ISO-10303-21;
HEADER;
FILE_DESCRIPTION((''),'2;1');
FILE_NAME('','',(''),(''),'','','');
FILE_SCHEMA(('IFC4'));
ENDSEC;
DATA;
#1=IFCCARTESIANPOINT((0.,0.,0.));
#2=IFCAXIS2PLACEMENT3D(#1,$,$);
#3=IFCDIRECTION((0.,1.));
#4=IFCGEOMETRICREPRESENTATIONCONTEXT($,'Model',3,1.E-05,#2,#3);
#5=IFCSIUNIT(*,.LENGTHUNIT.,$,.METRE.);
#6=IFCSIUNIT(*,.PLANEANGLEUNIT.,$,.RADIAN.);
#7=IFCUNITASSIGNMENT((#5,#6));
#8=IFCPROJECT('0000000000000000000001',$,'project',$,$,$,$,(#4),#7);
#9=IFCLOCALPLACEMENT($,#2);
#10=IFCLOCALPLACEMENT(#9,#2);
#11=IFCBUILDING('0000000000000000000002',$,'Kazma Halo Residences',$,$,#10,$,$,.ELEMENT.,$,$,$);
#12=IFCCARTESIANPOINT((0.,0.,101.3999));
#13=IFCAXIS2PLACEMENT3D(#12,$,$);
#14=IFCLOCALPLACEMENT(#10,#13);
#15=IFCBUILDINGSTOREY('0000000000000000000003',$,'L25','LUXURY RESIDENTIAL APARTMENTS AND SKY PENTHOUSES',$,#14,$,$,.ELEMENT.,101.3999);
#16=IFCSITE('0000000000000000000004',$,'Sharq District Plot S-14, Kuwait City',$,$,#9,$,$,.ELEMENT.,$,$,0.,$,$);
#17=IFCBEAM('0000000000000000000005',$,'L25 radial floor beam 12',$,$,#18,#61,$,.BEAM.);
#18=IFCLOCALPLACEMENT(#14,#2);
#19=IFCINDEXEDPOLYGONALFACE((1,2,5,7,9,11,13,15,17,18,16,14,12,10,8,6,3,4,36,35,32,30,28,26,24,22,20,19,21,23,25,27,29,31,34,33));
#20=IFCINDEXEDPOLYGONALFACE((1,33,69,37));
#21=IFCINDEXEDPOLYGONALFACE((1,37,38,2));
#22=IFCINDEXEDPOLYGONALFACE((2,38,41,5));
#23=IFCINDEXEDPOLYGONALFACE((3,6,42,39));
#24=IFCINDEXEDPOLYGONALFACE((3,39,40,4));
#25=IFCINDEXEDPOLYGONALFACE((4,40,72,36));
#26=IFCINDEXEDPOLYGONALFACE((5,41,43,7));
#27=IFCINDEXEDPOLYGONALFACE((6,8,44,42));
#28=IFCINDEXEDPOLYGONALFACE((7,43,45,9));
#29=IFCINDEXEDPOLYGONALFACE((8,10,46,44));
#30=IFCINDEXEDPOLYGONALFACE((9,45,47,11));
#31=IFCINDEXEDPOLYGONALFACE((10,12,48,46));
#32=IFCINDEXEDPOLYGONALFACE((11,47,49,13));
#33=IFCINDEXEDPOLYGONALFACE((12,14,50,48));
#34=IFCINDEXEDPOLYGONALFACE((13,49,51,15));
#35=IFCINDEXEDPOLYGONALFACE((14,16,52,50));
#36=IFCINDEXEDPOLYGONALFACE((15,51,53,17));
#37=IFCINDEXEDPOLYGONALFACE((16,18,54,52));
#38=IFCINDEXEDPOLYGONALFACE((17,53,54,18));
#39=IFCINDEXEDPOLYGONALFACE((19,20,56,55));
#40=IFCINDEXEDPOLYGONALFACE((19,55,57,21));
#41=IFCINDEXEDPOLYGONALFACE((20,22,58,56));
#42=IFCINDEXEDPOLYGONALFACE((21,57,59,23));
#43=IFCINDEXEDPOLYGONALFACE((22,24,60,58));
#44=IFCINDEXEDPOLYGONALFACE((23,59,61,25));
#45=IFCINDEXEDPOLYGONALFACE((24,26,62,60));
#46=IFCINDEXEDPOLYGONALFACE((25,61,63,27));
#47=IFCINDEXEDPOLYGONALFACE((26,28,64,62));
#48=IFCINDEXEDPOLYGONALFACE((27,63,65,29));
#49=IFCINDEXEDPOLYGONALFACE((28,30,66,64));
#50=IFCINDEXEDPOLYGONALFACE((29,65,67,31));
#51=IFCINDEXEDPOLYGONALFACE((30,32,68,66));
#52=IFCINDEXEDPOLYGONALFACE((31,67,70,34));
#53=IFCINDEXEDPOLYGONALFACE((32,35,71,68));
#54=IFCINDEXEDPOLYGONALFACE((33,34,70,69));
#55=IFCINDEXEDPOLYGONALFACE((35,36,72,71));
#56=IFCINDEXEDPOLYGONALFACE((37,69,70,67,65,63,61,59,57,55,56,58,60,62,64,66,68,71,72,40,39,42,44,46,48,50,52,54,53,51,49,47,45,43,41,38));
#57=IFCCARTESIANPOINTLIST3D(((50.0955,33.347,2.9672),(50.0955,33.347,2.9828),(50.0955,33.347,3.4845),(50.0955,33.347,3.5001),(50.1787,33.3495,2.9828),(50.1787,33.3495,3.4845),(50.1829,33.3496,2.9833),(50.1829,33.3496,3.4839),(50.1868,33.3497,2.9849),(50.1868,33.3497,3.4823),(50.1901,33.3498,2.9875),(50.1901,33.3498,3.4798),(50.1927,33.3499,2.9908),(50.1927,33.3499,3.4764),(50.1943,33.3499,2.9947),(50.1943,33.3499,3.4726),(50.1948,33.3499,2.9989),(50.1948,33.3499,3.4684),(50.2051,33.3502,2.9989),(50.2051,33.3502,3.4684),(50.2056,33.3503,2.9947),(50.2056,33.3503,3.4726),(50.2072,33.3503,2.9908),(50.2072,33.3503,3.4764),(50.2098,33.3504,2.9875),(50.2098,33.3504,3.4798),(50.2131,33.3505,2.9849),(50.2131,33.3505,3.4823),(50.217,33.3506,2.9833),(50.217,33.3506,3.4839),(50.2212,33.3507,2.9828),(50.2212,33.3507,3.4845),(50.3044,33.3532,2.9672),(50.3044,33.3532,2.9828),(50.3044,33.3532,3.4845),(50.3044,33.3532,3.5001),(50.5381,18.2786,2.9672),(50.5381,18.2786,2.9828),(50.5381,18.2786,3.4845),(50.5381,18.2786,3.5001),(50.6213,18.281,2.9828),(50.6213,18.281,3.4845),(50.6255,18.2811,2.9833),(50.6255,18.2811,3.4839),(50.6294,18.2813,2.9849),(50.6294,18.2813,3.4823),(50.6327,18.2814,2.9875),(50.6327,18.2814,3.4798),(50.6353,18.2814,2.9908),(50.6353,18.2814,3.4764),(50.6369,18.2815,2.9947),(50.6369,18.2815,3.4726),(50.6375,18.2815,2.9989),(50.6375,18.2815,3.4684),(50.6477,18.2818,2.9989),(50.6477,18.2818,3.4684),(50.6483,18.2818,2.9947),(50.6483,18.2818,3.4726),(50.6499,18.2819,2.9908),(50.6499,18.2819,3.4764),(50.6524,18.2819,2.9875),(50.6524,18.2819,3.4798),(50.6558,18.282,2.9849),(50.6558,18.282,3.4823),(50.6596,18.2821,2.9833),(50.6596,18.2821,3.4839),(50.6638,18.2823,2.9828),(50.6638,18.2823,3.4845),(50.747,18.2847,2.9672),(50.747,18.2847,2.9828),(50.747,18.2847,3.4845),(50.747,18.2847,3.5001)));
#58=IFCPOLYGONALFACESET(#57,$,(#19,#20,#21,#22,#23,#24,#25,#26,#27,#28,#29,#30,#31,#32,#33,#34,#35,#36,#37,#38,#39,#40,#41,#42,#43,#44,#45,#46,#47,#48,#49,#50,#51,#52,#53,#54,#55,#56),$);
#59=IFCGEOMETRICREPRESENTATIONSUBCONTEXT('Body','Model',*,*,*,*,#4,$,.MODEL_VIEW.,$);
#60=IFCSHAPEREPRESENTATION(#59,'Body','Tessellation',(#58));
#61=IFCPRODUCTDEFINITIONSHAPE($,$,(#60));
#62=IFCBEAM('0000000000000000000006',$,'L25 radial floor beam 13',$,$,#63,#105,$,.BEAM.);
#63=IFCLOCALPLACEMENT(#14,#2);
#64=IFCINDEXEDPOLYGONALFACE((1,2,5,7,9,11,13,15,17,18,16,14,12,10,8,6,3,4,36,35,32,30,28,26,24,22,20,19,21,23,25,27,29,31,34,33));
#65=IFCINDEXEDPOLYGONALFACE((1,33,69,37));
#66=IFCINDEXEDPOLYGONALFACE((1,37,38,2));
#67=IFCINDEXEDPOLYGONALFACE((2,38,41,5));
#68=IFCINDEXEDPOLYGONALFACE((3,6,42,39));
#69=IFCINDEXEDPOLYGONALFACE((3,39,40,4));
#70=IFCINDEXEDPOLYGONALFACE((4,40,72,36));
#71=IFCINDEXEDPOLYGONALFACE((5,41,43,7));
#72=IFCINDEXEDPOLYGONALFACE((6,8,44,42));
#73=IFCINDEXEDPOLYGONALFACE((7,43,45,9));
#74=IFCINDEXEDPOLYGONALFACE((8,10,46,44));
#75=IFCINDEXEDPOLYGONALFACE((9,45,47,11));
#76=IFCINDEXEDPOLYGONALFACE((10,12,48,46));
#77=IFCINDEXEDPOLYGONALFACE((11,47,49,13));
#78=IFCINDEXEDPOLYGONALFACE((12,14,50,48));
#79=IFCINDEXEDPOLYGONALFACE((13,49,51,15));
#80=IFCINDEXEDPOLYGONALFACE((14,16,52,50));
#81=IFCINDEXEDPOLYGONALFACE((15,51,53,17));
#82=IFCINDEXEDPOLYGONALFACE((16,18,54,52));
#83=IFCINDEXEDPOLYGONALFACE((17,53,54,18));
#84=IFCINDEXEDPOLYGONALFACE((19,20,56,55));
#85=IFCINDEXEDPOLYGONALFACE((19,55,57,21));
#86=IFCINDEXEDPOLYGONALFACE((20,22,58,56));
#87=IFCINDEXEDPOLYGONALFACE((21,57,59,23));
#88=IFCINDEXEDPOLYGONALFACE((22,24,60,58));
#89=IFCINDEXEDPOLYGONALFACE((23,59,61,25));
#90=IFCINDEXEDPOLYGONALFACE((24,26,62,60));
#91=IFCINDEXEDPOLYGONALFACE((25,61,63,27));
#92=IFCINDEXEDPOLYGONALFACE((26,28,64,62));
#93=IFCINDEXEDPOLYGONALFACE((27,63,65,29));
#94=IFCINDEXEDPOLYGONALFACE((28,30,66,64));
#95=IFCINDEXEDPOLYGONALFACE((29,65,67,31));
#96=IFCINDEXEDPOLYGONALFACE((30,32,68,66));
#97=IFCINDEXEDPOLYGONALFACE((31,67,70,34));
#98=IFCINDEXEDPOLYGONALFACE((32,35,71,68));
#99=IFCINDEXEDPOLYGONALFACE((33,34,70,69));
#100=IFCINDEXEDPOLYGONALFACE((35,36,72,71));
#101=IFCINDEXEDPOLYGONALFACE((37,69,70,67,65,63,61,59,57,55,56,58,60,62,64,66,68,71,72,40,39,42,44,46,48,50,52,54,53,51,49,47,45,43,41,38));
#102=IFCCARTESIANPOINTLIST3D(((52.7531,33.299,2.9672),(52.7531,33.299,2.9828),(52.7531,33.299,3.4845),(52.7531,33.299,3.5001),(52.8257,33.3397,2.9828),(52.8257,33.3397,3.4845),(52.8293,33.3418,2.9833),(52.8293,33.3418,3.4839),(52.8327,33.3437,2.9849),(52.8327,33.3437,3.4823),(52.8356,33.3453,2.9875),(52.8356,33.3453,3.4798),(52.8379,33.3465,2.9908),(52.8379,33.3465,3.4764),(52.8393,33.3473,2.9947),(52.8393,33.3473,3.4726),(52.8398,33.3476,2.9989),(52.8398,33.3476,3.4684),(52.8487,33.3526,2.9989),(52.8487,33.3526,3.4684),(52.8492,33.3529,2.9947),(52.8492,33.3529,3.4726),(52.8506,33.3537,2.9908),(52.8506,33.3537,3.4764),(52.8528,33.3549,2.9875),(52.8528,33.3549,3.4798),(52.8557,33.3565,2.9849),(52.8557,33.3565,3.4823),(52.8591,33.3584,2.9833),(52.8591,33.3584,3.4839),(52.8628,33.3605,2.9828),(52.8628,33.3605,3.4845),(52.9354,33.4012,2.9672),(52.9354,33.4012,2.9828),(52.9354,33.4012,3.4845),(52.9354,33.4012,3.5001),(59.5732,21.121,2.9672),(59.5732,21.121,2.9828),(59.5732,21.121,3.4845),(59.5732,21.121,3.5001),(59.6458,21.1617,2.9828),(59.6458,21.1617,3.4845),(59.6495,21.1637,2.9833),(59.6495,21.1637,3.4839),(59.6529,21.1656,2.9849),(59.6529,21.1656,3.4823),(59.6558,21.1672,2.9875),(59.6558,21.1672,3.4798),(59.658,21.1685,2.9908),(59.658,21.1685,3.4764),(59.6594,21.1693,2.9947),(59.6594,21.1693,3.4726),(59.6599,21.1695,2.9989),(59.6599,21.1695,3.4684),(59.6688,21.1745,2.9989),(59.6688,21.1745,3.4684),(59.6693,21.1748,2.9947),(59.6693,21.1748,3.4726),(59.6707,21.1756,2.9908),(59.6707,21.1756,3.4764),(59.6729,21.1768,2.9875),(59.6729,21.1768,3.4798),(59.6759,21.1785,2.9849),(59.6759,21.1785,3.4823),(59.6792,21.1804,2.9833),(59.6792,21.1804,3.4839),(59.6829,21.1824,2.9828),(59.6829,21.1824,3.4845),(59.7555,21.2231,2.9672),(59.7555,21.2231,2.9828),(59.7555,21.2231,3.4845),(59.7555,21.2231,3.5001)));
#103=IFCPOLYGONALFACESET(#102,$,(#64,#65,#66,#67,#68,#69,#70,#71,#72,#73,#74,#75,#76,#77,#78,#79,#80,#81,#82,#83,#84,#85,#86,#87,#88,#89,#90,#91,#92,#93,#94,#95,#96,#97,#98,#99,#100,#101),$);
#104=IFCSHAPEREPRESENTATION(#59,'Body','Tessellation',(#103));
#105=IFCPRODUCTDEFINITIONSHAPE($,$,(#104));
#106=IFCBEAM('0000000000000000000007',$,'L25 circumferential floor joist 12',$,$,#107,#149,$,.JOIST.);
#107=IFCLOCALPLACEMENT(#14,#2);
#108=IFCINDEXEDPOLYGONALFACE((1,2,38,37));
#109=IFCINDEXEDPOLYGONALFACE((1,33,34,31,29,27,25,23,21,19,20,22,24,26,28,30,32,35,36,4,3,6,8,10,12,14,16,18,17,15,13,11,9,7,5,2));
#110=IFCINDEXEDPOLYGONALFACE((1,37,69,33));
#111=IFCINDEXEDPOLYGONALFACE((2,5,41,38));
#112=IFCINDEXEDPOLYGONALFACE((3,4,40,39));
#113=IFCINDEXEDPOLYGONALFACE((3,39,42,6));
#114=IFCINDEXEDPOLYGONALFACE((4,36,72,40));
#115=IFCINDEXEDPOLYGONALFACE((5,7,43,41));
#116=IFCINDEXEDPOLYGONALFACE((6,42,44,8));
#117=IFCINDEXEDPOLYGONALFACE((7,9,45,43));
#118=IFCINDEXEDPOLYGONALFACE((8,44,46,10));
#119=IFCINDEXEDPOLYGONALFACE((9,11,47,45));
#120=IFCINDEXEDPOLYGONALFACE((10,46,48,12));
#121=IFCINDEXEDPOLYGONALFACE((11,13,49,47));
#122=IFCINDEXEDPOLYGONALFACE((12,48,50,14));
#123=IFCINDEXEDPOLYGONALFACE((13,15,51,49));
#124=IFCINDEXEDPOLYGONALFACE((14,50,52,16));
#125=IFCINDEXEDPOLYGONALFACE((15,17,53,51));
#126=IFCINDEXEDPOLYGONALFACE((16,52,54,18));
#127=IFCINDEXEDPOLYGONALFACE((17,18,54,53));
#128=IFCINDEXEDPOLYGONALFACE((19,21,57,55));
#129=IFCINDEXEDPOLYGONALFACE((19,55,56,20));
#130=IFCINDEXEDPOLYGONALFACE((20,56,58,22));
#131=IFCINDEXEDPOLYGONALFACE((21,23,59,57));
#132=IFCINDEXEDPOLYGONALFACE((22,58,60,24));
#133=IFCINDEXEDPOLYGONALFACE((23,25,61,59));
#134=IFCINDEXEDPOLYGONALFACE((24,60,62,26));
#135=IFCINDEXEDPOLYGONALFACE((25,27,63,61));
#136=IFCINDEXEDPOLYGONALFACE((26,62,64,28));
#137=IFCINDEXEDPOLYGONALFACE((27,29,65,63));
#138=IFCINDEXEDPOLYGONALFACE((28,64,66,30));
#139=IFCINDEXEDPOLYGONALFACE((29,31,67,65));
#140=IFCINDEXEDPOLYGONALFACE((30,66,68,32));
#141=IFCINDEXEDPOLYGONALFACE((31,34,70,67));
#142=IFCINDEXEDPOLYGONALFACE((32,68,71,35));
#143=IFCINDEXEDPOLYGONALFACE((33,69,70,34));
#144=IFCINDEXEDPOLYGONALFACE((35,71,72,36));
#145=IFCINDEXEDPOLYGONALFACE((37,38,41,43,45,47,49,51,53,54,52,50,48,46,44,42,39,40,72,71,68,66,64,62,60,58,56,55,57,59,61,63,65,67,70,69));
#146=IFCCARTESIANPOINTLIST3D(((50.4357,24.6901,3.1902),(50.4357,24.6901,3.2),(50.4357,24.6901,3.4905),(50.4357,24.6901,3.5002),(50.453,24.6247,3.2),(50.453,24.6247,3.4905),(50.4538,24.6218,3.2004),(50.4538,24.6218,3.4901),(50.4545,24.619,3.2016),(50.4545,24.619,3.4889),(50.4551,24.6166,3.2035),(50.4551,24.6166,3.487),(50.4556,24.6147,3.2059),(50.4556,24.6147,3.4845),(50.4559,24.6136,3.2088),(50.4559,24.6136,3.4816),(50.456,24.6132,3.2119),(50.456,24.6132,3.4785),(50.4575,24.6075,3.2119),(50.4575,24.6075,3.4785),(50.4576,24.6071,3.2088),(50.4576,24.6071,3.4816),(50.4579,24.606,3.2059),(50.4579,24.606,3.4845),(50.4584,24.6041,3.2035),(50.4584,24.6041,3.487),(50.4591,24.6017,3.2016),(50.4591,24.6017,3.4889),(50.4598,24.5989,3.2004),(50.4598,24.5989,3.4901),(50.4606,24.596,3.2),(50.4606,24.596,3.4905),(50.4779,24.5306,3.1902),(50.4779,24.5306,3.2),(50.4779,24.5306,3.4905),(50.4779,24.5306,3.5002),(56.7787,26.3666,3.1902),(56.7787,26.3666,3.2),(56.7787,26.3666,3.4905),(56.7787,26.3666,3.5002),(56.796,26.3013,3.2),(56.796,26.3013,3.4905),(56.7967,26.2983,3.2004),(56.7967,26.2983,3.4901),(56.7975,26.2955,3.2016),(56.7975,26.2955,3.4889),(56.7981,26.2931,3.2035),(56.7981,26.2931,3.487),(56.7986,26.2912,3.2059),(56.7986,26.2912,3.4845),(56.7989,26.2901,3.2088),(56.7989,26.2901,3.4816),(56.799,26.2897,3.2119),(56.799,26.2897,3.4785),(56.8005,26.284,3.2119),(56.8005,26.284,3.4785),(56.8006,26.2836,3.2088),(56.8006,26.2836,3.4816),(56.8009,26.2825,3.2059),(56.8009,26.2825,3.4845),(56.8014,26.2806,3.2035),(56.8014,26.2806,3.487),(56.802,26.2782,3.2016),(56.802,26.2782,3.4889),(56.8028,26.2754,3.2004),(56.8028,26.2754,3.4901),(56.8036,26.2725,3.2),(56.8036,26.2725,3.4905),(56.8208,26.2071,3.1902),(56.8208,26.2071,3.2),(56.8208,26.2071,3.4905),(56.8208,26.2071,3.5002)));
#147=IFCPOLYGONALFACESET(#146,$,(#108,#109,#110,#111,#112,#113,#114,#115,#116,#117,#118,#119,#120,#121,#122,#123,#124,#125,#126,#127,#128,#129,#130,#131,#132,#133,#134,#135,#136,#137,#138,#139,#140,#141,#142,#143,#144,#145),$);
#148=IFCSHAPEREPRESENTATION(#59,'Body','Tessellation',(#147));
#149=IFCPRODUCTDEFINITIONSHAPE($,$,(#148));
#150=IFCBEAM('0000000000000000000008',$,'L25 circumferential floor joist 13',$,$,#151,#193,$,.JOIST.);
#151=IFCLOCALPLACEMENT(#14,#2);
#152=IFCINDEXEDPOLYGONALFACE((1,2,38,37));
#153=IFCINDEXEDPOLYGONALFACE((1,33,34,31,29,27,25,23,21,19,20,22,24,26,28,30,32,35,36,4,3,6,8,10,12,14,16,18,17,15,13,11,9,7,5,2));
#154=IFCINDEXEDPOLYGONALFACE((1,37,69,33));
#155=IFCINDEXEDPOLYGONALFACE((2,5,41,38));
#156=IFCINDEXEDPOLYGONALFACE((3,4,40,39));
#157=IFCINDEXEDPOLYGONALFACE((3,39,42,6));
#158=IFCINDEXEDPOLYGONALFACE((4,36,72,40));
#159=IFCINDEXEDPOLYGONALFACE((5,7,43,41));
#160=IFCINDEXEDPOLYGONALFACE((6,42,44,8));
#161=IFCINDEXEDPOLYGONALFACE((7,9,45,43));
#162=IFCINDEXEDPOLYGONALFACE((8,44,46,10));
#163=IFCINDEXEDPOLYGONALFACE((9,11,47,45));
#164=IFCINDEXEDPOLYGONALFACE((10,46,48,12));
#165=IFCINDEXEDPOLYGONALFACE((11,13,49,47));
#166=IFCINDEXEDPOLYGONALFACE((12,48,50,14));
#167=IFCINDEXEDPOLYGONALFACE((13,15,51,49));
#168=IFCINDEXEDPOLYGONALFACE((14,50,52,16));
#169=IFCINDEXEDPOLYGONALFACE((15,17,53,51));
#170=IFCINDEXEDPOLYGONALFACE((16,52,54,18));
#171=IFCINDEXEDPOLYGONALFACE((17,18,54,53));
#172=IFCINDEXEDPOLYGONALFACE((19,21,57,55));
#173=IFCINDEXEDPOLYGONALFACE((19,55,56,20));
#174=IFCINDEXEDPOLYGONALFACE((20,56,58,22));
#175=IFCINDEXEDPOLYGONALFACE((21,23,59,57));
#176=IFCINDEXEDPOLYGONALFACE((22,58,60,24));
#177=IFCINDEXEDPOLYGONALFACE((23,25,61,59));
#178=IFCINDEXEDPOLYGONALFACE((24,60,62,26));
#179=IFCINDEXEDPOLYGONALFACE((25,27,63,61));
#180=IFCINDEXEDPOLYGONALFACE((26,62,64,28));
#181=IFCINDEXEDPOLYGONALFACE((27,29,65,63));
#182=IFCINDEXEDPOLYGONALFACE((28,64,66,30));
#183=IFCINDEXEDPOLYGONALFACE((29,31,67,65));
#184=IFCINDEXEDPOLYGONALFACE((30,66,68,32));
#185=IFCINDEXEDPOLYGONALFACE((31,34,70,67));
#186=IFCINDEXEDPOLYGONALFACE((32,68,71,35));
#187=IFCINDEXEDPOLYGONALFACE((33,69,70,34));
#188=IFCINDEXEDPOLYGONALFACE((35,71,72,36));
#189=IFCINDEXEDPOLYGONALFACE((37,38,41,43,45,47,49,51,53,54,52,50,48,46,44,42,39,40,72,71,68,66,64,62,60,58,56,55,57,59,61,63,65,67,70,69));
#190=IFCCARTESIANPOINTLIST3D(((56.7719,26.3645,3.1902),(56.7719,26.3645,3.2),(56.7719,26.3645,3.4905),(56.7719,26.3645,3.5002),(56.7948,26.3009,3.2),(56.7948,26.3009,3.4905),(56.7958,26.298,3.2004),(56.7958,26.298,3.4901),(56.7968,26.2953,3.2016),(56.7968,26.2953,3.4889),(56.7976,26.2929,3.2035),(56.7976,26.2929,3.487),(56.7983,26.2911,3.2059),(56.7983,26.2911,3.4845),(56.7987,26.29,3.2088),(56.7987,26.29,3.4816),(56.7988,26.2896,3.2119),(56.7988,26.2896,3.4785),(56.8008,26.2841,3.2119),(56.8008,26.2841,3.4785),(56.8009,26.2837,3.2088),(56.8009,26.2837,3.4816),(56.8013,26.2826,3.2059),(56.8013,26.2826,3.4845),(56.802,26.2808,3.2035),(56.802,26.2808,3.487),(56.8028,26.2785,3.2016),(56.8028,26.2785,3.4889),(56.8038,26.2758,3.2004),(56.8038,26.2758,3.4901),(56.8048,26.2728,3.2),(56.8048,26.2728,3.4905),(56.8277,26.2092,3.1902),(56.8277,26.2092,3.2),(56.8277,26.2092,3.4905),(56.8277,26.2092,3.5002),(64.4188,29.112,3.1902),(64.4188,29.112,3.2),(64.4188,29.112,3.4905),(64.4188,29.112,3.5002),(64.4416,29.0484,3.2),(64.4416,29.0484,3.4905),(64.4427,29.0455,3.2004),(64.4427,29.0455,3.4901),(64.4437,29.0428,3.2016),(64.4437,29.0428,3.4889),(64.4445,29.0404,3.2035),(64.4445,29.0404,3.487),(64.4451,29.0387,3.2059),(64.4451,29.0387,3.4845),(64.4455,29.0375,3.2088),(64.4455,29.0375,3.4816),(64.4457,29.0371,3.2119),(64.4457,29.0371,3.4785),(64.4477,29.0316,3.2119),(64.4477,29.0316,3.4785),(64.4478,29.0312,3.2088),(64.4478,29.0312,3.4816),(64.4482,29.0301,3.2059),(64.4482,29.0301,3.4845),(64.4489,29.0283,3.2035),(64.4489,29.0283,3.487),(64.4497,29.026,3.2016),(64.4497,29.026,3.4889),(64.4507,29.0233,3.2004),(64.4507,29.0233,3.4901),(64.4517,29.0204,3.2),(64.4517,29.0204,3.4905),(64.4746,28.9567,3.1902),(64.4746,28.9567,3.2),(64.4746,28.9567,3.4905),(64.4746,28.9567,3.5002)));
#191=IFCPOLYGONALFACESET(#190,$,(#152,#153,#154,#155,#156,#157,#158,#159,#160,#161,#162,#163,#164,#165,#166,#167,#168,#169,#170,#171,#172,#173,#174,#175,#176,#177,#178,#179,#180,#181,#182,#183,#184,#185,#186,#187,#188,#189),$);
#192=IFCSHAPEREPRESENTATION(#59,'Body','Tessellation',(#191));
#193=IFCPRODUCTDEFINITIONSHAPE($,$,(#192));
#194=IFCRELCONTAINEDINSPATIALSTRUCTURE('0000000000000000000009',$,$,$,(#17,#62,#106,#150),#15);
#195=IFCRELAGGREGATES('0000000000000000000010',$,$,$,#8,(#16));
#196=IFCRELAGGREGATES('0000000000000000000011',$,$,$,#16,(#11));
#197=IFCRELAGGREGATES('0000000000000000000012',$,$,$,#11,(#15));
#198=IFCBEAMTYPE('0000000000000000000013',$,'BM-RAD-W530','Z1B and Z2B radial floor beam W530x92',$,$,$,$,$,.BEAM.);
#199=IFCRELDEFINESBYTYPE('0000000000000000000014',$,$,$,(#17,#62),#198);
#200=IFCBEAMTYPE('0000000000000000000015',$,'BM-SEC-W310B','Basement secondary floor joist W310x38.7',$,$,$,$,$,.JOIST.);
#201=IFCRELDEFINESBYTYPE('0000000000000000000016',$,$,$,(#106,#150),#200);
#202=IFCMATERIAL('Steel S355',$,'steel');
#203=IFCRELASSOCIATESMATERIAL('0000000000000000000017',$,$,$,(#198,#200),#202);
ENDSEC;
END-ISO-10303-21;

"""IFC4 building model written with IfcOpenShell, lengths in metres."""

from ifc_helpers import new_model, si_unit, direction, frame, origin, origin_2d, place, context, subcontext, project, spatial, i_section, extrude, material, material_profile, profile_set, type_object, element, save


model = new_model("IFC4")

# Units and contexts
model_context = context("Model", 3, precision=1e-05, world=origin(), true_north=direction((0.0, 1.0)))
body_context = subcontext(model_context, "Body", "Model", "MODEL_VIEW")
ifc_project = project(units=[si_unit("LENGTHUNIT", "METRE"), si_unit("PLANEANGLEUNIT", "RADIAN")], contexts=[model_context])

# Site, building, storey
site_placement = place(None, origin())
site = spatial("IfcSite", under=ifc_project, at=site_placement, Name="Sharq District Plot S-14, Kuwait City", CompositionType="ELEMENT", RefElevation=0.0)
building_placement = place(site_placement, origin())
building = spatial("IfcBuilding", under=site, at=building_placement, Name="Kazma Halo Residences", CompositionType="ELEMENT")
storey_placement = place(building_placement, frame((0.0, 0.0, 101.3999)))
storey = spatial("IfcBuildingStorey", under=building, at=storey_placement, Name="L25", Description="LUXURY RESIDENTIAL APARTMENTS AND SKY PENTHOUSES", CompositionType="ELEMENT", Elevation=101.3999)

# Beams
ifc_material_1 = material(Name="Steel S355", Category="steel")
ifc_material_profile_1 = material_profile(ifc_material_1, i_section(OverallWidth=0.209, OverallDepth=0.533, WebThickness=0.0103, FlangeThickness=0.0156, FilletRadius=0.0161, at=origin_2d()), Name="W530x92")
ifc_profile_set_1 = profile_set([ifc_material_profile_1], Name="Steel S355")
beam_type_1 = type_object("IfcBeamType", Name="BM-RAD-W530", Description="Z1B and Z2B radial floor beam W530x92", PredefinedType="BEAM", material=ifc_profile_set_1)
beam_1_placement = place(storey_placement, frame((50.2, 33.3501, 3.2336), z_axis=(0.029362, -0.999569, 0.0), x_axis=(0.999569, 0.029362, 0.0)))
element("IfcBeam", 1, at=beam_1_placement, inside=storey, type_object=beam_type_1, Name="L25 radial floor beam 12", PredefinedType="BEAM", context=body_context, shape_type="SweptSolid", body=[
    extrude(i_section(OverallWidth=0.209, OverallDepth=0.533, WebThickness=0.0103, FlangeThickness=0.0156, FilletRadius=0.0161, at=origin_2d()), origin(), (0.0, 0.0, 1.0), 15.075),
])
beam_2_placement = place(storey_placement, frame((52.8442, 33.3501, 3.2336), z_axis=(0.488625, -0.872494, 0.0), x_axis=(0.872494, 0.488625, 0.0)))
element("IfcBeam", 2, at=beam_2_placement, inside=storey, type_object=beam_type_1, Name="L25 radial floor beam 13", PredefinedType="BEAM", context=body_context, shape_type="SweptSolid", body=[
    extrude(i_section(OverallWidth=0.209, OverallDepth=0.533, WebThickness=0.0103, FlangeThickness=0.0156, FilletRadius=0.0161, at=origin_2d()), origin(), (0.0, 0.0, 1.0), 13.9578),
])
ifc_material_profile_2 = material_profile(ifc_material_1, i_section(OverallWidth=0.165, OverallDepth=0.3101, WebThickness=0.0059, FlangeThickness=0.0098, FilletRadius=0.012, at=origin_2d()), Name="W310x38.7")
ifc_profile_set_2 = profile_set([ifc_material_profile_2], Name="Steel S355")
beam_type_2 = type_object("IfcBeamType", Name="BM-SEC-W310B", Description="Basement secondary floor joist W310x38.7", PredefinedType="JOIST", material=ifc_profile_set_2)
beam_3_placement = place(storey_placement, frame((50.4568, 24.6104, 3.3452), z_axis=(0.9668, 0.255534, 0.0), x_axis=(-0.255534, 0.9668, 0.0)))
element("IfcBeam", 3, at=beam_3_placement, inside=storey, type_object=beam_type_2, Name="L25 circumferential floor joist 12", PredefinedType="JOIST", context=body_context, shape_type="SweptSolid", body=[
    extrude(i_section(OverallWidth=0.165, OverallDepth=0.3101, WebThickness=0.0059, FlangeThickness=0.0098, FilletRadius=0.012, at=origin_2d()), origin(), (0.0, 0.0, 1.0), 6.5608),
])
beam_4_placement = place(storey_placement, frame((56.7998, 26.2869, 3.3452), z_axis=(0.941097, 0.338136, 0.0), x_axis=(-0.338136, 0.941097, 0.0)))
element("IfcBeam", 4, at=beam_4_placement, inside=storey, type_object=beam_type_2, Name="L25 circumferential floor joist 13", PredefinedType="JOIST", context=body_context, shape_type="SweptSolid", body=[
    extrude(i_section(OverallWidth=0.165, OverallDepth=0.3101, WebThickness=0.0059, FlangeThickness=0.0098, FilletRadius=0.012, at=origin_2d()), origin(), (0.0, 0.0, 1.0), 8.1255),
])

save(model, "model.ifc")
